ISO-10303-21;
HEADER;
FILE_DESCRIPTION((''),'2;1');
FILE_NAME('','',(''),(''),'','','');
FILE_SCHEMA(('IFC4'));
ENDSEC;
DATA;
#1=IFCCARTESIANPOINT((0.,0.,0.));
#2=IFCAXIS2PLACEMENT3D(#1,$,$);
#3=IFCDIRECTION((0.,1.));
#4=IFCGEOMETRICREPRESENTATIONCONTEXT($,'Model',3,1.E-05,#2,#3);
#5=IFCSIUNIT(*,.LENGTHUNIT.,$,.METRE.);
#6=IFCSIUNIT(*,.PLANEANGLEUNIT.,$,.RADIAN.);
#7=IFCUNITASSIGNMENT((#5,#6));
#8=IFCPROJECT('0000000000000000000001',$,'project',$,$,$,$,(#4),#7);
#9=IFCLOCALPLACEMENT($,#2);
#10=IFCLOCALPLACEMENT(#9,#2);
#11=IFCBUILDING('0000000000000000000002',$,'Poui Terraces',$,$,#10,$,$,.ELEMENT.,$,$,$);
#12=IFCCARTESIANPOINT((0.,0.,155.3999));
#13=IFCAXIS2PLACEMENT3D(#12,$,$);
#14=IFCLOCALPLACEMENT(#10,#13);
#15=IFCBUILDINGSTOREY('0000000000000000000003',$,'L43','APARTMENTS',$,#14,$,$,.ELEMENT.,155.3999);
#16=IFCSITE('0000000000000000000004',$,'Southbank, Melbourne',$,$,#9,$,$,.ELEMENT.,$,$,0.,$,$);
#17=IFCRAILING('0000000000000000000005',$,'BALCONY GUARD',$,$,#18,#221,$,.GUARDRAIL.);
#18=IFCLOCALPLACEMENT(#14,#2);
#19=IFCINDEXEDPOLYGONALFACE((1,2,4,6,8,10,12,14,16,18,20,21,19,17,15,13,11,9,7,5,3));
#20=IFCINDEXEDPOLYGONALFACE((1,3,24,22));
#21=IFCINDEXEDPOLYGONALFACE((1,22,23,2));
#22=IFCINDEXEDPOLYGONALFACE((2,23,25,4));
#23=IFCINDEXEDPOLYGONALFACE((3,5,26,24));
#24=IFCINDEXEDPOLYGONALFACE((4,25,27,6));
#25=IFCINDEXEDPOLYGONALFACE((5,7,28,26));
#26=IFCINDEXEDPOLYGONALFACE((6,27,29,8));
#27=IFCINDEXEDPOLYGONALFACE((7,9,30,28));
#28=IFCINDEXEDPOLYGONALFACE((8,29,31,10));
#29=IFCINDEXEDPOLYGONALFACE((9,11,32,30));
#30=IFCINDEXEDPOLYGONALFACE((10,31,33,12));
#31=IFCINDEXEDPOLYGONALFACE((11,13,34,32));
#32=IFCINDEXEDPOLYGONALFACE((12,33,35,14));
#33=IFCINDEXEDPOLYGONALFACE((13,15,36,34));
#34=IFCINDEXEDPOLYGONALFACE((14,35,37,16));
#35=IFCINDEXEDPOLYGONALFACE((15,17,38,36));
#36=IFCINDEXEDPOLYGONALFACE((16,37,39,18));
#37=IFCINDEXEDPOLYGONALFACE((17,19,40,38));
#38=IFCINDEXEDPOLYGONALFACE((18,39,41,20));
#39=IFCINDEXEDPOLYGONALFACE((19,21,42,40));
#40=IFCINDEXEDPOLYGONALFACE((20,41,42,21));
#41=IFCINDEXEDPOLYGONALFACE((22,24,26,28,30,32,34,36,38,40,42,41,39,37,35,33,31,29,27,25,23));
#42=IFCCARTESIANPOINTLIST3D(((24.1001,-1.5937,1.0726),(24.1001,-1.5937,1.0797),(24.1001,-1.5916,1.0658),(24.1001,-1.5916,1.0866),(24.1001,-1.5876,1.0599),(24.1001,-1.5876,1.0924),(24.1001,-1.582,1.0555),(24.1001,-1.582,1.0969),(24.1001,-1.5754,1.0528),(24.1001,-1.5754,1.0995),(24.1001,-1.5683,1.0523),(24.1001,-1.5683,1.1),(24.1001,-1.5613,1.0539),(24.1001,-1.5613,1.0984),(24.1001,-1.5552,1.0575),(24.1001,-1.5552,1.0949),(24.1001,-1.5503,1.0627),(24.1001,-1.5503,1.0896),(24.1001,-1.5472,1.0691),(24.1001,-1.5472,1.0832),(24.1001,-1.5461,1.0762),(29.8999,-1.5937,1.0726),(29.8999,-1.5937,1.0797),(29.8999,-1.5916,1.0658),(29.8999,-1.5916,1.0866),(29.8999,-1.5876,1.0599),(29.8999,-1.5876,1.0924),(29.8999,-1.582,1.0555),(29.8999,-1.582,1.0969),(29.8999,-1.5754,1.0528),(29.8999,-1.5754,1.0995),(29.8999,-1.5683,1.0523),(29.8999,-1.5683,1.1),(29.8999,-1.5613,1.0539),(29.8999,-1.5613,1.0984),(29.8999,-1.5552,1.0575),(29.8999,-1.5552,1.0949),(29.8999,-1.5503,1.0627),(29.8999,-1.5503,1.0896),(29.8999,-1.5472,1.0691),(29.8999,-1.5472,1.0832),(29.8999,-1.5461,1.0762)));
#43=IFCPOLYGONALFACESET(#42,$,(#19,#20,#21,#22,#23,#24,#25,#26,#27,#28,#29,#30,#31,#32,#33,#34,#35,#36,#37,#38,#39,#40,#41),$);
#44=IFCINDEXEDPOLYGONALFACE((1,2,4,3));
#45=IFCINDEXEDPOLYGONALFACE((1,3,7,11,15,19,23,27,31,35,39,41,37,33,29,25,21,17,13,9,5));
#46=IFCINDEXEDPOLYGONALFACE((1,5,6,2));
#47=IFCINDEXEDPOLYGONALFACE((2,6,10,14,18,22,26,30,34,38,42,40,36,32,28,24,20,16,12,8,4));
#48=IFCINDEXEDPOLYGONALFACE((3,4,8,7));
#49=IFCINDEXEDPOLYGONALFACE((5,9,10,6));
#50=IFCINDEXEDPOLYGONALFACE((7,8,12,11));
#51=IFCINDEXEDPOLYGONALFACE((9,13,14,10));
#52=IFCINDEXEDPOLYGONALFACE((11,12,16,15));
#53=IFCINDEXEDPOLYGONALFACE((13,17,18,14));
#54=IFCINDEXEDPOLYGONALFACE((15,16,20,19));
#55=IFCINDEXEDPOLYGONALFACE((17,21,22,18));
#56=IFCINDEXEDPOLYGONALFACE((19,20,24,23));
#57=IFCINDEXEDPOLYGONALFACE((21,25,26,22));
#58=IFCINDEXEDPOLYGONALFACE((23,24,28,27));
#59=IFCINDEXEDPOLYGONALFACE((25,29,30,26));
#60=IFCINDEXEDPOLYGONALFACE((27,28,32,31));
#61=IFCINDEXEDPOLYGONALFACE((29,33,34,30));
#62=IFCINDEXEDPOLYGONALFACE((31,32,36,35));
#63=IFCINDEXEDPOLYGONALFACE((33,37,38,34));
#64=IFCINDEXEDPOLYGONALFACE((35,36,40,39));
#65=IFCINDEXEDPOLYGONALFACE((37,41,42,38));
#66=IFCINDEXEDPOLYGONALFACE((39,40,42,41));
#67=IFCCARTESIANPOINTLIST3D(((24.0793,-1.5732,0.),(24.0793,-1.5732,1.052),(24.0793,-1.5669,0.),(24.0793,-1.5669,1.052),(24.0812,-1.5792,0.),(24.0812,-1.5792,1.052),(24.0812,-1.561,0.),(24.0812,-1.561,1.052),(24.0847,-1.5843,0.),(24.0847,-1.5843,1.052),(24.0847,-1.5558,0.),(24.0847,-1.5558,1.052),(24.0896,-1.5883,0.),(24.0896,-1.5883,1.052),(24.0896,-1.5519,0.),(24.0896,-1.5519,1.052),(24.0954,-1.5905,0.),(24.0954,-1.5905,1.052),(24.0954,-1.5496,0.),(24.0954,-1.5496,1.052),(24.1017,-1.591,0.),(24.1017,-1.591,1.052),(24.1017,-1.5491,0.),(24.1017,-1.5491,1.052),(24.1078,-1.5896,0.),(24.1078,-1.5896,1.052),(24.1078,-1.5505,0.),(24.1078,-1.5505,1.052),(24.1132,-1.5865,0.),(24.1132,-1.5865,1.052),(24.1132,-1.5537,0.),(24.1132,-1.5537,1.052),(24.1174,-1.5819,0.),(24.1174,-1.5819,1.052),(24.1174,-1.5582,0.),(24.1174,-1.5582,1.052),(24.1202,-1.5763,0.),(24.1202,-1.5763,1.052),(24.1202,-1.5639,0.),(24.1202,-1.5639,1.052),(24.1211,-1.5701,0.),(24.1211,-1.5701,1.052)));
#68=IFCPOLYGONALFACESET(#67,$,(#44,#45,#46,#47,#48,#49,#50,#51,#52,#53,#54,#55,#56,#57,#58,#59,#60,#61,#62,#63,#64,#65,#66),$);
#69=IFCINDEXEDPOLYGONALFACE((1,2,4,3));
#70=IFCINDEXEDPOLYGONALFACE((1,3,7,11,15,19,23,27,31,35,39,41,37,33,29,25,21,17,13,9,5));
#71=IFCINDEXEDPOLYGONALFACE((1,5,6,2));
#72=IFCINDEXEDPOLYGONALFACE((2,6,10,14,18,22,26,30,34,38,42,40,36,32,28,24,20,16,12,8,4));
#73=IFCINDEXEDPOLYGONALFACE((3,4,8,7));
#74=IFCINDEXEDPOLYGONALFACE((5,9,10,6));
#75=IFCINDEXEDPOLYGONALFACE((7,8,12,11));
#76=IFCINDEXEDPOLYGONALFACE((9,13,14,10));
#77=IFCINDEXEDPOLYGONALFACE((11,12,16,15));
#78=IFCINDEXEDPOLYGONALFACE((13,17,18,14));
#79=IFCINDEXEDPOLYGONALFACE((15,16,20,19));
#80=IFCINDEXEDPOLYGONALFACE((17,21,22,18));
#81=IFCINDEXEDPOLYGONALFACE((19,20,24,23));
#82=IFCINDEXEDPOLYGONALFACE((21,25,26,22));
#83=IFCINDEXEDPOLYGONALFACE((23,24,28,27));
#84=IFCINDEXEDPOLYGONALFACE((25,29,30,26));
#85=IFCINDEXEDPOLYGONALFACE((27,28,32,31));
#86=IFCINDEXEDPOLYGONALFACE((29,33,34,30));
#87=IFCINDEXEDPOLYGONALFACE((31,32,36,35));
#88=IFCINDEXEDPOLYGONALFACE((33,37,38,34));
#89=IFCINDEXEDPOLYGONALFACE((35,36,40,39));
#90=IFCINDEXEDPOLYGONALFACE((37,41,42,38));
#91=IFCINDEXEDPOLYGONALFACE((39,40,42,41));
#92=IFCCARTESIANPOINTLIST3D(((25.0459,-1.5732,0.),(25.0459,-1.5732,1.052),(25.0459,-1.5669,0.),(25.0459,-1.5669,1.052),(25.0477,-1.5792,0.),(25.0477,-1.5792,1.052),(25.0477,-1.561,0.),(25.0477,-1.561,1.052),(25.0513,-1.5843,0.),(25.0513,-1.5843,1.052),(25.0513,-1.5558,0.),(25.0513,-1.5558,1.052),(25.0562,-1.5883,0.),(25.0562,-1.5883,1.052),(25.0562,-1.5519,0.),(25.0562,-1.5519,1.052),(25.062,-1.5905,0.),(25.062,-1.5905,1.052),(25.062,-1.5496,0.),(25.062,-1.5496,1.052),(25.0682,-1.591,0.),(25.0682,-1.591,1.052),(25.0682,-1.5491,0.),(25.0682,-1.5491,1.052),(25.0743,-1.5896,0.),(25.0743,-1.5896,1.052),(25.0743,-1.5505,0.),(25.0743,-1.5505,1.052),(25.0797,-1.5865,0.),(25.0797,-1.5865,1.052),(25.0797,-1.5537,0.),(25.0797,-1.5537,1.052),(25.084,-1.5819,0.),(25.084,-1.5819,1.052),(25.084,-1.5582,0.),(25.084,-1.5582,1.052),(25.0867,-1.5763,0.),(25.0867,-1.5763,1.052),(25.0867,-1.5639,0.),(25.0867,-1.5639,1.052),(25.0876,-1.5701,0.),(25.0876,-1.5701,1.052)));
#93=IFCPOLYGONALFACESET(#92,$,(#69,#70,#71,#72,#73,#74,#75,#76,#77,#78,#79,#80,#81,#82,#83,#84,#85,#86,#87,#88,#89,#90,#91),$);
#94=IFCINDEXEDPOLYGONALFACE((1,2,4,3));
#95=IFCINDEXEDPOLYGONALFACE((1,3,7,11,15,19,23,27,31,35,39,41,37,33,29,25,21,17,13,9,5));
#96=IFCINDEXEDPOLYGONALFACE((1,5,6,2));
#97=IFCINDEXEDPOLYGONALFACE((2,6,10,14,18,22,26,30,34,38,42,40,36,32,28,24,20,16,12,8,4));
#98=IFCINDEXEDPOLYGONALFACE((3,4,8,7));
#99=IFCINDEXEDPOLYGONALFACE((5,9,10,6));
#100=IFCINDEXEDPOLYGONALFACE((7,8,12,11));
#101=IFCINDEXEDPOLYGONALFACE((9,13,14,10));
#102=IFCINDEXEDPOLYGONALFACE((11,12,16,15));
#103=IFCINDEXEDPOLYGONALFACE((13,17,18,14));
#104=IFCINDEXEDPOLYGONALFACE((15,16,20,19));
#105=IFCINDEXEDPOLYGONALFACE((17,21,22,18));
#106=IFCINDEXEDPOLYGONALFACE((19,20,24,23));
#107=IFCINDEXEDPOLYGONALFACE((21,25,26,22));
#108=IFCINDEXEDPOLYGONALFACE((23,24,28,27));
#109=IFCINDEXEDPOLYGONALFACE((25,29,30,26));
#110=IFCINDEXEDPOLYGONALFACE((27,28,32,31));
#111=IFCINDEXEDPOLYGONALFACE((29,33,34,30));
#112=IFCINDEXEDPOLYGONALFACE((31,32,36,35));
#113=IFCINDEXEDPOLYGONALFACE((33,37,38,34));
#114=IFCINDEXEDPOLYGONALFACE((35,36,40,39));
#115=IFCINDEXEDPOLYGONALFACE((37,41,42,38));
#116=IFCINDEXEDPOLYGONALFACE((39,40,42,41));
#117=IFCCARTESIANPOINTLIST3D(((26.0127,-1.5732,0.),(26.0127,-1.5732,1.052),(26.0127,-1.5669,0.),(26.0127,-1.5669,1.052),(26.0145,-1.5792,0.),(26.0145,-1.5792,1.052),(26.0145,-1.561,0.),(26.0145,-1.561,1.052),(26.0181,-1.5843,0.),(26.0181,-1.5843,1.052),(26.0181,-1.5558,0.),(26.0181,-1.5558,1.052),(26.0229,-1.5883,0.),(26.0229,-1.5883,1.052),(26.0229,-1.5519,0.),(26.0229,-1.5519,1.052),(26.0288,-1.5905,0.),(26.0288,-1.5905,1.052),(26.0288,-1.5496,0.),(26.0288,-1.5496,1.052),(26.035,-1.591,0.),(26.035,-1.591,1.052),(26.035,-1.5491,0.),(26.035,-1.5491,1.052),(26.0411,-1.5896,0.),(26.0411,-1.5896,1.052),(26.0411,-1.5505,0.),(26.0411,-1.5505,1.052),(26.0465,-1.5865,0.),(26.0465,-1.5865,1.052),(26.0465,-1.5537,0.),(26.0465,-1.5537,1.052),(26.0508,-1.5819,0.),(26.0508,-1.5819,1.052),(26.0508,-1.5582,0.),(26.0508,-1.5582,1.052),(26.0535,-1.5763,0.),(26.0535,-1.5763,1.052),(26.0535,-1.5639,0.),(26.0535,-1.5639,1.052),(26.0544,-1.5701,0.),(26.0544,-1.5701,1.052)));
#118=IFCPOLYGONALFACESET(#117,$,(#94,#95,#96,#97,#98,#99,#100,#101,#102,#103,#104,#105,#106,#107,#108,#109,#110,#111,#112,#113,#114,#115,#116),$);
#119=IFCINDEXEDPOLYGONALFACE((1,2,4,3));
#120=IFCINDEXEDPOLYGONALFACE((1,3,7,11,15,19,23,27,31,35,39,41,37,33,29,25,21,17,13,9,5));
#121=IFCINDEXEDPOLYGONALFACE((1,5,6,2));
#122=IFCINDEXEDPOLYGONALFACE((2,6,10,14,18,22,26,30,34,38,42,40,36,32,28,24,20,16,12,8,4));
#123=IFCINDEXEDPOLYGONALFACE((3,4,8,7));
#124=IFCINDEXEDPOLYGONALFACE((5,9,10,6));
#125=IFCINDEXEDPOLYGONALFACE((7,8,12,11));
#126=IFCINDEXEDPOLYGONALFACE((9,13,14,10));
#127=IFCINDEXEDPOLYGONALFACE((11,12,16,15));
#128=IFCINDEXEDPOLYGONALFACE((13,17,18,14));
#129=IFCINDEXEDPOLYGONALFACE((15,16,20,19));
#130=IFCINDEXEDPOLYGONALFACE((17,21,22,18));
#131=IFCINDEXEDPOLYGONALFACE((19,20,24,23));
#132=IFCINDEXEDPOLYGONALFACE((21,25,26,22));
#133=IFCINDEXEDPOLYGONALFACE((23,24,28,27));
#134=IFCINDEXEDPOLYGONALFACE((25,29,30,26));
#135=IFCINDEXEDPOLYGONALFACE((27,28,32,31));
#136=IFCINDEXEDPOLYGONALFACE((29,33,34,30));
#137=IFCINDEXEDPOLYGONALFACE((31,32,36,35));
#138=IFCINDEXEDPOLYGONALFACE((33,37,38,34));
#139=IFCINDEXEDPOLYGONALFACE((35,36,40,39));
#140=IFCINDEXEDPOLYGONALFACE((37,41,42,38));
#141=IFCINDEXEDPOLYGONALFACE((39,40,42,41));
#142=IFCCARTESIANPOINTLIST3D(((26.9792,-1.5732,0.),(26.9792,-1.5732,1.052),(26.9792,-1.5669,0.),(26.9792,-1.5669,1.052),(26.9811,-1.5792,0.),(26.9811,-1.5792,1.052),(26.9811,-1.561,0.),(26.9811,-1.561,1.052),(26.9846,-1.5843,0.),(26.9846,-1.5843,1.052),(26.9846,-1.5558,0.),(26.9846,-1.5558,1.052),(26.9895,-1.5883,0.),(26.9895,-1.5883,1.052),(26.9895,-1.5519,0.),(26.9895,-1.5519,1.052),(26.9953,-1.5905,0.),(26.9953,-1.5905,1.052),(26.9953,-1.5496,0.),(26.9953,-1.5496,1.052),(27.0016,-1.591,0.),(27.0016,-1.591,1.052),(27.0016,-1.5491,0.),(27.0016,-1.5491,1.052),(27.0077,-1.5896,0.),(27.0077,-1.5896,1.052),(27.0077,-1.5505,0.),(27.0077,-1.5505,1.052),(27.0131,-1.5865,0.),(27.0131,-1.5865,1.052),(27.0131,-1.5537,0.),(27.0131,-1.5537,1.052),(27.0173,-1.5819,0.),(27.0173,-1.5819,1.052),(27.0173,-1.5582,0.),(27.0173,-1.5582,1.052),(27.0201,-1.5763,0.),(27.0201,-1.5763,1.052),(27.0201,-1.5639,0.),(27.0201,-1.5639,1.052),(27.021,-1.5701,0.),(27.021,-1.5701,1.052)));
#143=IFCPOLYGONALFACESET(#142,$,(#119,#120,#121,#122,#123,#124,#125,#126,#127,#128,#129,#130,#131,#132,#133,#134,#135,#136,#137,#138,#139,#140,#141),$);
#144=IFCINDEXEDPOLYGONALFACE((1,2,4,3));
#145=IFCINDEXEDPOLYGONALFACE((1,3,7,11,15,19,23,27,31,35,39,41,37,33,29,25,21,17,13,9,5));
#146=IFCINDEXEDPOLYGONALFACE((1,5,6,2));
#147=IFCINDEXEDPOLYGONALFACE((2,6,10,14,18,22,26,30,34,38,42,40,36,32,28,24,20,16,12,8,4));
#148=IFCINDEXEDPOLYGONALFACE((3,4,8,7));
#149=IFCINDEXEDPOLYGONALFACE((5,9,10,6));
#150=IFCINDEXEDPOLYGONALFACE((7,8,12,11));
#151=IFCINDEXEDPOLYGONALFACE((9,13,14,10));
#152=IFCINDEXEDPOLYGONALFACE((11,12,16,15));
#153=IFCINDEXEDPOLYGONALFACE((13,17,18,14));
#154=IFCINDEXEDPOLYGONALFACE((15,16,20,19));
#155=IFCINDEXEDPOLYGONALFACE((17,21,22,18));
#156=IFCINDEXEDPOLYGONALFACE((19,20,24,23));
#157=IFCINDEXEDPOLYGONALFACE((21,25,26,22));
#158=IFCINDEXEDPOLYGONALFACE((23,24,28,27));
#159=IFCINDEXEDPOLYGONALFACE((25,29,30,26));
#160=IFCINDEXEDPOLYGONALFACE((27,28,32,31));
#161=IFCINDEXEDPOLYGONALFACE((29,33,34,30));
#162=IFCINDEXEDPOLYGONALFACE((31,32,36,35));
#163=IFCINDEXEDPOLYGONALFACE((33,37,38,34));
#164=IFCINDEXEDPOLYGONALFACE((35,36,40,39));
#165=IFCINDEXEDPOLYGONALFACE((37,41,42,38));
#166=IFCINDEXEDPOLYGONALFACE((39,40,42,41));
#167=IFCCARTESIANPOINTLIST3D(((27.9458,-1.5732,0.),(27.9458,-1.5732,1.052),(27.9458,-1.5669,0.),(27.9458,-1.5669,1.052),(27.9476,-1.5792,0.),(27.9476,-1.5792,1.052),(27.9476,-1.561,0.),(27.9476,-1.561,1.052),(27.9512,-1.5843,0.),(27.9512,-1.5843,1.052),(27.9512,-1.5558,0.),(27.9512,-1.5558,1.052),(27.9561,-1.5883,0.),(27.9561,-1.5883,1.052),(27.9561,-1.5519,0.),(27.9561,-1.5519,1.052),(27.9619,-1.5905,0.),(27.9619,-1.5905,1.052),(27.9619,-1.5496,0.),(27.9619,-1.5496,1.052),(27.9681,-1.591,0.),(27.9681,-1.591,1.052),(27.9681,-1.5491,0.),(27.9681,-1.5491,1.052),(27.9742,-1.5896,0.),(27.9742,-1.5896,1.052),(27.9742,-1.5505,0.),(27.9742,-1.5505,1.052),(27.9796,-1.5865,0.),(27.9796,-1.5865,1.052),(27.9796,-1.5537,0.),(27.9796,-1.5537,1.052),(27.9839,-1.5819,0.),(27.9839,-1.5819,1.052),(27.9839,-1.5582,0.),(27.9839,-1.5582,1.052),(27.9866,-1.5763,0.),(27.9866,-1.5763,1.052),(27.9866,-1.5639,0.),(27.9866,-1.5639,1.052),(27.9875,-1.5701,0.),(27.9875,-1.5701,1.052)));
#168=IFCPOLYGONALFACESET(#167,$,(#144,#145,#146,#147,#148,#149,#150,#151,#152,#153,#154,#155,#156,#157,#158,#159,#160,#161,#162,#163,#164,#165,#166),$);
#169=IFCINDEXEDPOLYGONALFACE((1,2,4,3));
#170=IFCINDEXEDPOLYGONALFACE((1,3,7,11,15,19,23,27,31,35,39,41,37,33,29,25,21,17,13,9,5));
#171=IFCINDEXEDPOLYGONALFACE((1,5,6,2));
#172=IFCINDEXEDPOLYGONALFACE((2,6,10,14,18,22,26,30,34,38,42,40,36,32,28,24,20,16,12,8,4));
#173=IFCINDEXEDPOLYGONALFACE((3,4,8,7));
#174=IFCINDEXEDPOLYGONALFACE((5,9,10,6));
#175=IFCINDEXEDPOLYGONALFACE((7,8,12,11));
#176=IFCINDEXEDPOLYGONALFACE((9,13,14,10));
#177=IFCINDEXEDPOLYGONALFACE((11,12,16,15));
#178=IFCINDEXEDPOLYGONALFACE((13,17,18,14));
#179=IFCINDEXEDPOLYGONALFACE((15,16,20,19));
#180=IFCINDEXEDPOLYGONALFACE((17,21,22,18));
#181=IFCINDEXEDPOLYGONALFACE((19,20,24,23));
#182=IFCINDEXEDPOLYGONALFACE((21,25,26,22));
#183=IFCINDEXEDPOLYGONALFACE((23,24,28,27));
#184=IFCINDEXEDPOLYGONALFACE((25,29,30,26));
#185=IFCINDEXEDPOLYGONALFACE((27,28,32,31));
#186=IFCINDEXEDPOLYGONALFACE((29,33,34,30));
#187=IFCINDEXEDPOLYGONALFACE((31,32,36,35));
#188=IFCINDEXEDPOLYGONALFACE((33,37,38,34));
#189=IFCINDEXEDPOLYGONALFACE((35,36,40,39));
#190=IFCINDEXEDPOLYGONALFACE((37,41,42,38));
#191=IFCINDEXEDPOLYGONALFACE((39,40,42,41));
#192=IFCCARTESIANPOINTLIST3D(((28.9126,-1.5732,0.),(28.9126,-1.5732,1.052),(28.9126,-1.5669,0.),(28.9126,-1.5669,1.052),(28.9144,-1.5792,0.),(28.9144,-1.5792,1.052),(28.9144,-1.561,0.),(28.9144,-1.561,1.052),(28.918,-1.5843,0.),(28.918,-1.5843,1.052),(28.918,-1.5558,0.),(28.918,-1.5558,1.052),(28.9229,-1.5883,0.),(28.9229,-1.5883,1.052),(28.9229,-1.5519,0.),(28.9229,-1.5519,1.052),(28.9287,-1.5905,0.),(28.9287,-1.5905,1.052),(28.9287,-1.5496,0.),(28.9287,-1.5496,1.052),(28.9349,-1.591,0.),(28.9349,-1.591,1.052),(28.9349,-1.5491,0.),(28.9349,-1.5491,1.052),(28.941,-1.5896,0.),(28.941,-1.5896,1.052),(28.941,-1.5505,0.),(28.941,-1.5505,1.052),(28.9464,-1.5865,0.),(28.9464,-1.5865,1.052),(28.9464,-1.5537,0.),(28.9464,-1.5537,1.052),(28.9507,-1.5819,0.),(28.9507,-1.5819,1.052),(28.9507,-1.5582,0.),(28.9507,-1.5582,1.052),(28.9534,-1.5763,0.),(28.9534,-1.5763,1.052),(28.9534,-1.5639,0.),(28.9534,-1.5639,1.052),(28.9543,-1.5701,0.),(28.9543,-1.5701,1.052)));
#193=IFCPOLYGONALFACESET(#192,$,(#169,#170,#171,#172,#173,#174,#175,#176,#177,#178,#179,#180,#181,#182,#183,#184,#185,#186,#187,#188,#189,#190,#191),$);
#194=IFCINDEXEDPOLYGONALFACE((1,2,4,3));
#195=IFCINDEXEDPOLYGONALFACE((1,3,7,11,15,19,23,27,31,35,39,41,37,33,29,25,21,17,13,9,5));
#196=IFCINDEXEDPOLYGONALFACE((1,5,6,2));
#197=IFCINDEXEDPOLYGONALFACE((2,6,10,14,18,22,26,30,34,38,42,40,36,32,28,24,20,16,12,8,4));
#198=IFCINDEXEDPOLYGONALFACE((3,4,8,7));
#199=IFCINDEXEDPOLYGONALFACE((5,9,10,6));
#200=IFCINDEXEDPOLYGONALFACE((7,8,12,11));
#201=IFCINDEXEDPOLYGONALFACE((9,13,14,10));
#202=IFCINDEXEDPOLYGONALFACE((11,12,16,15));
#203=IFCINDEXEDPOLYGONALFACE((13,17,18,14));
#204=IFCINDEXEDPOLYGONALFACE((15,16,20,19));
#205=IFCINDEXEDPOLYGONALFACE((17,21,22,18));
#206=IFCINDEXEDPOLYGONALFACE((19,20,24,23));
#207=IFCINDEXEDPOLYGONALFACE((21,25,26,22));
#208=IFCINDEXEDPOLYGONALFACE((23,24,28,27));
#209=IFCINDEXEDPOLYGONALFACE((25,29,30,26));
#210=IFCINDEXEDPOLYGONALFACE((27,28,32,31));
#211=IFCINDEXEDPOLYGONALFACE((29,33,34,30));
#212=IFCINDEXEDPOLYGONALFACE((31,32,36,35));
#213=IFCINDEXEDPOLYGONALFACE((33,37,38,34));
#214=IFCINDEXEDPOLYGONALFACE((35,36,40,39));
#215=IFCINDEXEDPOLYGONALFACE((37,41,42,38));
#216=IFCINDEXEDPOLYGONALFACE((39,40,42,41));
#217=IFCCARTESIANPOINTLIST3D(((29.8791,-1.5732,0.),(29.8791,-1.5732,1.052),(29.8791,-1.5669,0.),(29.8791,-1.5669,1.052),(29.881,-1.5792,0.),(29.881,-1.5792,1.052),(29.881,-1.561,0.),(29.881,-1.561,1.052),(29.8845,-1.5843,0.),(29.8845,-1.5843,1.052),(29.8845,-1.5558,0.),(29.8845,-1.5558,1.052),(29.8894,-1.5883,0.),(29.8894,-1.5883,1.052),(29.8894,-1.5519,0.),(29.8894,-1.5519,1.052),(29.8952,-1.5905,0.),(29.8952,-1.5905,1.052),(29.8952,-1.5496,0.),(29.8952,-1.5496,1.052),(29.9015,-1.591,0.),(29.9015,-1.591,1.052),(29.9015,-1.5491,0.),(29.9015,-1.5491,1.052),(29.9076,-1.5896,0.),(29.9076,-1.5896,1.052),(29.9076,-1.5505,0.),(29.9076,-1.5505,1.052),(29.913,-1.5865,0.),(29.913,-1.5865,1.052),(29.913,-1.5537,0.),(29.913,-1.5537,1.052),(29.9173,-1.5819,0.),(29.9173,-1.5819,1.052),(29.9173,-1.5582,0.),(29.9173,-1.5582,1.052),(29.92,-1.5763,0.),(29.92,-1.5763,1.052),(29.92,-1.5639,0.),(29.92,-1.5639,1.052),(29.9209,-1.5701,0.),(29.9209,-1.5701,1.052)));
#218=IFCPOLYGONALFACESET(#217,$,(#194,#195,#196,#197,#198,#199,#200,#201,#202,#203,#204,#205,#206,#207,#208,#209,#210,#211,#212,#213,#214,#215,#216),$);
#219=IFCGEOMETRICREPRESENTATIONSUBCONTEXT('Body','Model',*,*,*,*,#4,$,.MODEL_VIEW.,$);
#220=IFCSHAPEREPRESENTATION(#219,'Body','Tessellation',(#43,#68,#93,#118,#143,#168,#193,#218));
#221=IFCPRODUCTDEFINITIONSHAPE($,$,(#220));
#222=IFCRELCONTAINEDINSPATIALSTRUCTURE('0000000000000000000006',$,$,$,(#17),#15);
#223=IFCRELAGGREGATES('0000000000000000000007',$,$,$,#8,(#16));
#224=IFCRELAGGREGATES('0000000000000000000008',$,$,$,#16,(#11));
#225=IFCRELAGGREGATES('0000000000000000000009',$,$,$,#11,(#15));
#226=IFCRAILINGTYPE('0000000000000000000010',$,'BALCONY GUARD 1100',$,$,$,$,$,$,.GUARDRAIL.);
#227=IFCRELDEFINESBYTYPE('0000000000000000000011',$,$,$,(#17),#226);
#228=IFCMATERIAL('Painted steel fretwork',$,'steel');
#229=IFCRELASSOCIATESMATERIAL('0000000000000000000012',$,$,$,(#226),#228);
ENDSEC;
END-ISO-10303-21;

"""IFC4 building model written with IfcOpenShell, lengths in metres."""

from ifc_helpers import new_model, si_unit, direction, frame, origin, origin_2d, place, context, subcontext, project, spatial, circle, extrude, material, type_object, element, save


model = new_model("IFC4")

# Units and contexts
model_context = context("Model", 3, precision=1e-05, world=origin(), true_north=direction((0.0, 1.0)))
body_context = subcontext(model_context, "Body", "Model", "MODEL_VIEW")
ifc_project = project(units=[si_unit("LENGTHUNIT", "METRE"), si_unit("PLANEANGLEUNIT", "RADIAN")], contexts=[model_context])

# Site, building, storey
site_placement = place(None, origin())
site = spatial("IfcSite", under=ifc_project, at=site_placement, Name="Southbank, Melbourne", CompositionType="ELEMENT", RefElevation=0.0)
building_placement = place(site_placement, origin())
building = spatial("IfcBuilding", under=site, at=building_placement, Name="Poui Terraces", CompositionType="ELEMENT")
storey_placement = place(building_placement, frame((0.0, 0.0, 155.3999)))
storey = spatial("IfcBuildingStorey", under=building, at=storey_placement, Name="L43", Description="APARTMENTS", CompositionType="ELEMENT", Elevation=155.3999)

# Railing
ifc_material_1 = material(Name="Painted steel fretwork", Category="steel")
railing_type = type_object("IfcRailingType", Name="BALCONY GUARD 1100", PredefinedType="GUARDRAIL", material=ifc_material_1)
railing_placement = place(storey_placement, frame((24.1001, -1.5701, 0.0)))
element("IfcRailing", 1, at=railing_placement, inside=storey, type_object=railing_type, Name="BALCONY GUARD", PredefinedType="GUARDRAIL", context=body_context, shape_type="SweptSolid", body=[
    extrude(circle(Radius=0.0239, at=origin_2d()), frame((0.0, 0.0, 1.0762), z_axis=(1.0, 0.0, 0.0), x_axis=(0.0, 1.0, 0.0)), (0.0, 0.0, 1.0), 5.7998),
    extrude(circle(Radius=0.021, at=origin_2d()), origin(), (0.0, 0.0, 1.0), 1.052),
    extrude(circle(Radius=0.021, at=origin_2d()), frame((0.9666, 0.0, 0.0)), (0.0, 0.0, 1.0), 1.052),
    extrude(circle(Radius=0.021, at=origin_2d()), frame((1.9333, 0.0, 0.0)), (0.0, 0.0, 1.0), 1.052),
    extrude(circle(Radius=0.021, at=origin_2d()), frame((2.8999, 0.0, 0.0)), (0.0, 0.0, 1.0), 1.052),
    extrude(circle(Radius=0.021, at=origin_2d()), frame((3.8665, 0.0, 0.0)), (0.0, 0.0, 1.0), 1.052),
    extrude(circle(Radius=0.021, at=origin_2d()), frame((4.8333, 0.0, 0.0)), (0.0, 0.0, 1.0), 1.052),
    extrude(circle(Radius=0.021, at=origin_2d()), frame((5.7998, 0.0, 0.0)), (0.0, 0.0, 1.0), 1.052),
])

save(model, "model.ifc")
